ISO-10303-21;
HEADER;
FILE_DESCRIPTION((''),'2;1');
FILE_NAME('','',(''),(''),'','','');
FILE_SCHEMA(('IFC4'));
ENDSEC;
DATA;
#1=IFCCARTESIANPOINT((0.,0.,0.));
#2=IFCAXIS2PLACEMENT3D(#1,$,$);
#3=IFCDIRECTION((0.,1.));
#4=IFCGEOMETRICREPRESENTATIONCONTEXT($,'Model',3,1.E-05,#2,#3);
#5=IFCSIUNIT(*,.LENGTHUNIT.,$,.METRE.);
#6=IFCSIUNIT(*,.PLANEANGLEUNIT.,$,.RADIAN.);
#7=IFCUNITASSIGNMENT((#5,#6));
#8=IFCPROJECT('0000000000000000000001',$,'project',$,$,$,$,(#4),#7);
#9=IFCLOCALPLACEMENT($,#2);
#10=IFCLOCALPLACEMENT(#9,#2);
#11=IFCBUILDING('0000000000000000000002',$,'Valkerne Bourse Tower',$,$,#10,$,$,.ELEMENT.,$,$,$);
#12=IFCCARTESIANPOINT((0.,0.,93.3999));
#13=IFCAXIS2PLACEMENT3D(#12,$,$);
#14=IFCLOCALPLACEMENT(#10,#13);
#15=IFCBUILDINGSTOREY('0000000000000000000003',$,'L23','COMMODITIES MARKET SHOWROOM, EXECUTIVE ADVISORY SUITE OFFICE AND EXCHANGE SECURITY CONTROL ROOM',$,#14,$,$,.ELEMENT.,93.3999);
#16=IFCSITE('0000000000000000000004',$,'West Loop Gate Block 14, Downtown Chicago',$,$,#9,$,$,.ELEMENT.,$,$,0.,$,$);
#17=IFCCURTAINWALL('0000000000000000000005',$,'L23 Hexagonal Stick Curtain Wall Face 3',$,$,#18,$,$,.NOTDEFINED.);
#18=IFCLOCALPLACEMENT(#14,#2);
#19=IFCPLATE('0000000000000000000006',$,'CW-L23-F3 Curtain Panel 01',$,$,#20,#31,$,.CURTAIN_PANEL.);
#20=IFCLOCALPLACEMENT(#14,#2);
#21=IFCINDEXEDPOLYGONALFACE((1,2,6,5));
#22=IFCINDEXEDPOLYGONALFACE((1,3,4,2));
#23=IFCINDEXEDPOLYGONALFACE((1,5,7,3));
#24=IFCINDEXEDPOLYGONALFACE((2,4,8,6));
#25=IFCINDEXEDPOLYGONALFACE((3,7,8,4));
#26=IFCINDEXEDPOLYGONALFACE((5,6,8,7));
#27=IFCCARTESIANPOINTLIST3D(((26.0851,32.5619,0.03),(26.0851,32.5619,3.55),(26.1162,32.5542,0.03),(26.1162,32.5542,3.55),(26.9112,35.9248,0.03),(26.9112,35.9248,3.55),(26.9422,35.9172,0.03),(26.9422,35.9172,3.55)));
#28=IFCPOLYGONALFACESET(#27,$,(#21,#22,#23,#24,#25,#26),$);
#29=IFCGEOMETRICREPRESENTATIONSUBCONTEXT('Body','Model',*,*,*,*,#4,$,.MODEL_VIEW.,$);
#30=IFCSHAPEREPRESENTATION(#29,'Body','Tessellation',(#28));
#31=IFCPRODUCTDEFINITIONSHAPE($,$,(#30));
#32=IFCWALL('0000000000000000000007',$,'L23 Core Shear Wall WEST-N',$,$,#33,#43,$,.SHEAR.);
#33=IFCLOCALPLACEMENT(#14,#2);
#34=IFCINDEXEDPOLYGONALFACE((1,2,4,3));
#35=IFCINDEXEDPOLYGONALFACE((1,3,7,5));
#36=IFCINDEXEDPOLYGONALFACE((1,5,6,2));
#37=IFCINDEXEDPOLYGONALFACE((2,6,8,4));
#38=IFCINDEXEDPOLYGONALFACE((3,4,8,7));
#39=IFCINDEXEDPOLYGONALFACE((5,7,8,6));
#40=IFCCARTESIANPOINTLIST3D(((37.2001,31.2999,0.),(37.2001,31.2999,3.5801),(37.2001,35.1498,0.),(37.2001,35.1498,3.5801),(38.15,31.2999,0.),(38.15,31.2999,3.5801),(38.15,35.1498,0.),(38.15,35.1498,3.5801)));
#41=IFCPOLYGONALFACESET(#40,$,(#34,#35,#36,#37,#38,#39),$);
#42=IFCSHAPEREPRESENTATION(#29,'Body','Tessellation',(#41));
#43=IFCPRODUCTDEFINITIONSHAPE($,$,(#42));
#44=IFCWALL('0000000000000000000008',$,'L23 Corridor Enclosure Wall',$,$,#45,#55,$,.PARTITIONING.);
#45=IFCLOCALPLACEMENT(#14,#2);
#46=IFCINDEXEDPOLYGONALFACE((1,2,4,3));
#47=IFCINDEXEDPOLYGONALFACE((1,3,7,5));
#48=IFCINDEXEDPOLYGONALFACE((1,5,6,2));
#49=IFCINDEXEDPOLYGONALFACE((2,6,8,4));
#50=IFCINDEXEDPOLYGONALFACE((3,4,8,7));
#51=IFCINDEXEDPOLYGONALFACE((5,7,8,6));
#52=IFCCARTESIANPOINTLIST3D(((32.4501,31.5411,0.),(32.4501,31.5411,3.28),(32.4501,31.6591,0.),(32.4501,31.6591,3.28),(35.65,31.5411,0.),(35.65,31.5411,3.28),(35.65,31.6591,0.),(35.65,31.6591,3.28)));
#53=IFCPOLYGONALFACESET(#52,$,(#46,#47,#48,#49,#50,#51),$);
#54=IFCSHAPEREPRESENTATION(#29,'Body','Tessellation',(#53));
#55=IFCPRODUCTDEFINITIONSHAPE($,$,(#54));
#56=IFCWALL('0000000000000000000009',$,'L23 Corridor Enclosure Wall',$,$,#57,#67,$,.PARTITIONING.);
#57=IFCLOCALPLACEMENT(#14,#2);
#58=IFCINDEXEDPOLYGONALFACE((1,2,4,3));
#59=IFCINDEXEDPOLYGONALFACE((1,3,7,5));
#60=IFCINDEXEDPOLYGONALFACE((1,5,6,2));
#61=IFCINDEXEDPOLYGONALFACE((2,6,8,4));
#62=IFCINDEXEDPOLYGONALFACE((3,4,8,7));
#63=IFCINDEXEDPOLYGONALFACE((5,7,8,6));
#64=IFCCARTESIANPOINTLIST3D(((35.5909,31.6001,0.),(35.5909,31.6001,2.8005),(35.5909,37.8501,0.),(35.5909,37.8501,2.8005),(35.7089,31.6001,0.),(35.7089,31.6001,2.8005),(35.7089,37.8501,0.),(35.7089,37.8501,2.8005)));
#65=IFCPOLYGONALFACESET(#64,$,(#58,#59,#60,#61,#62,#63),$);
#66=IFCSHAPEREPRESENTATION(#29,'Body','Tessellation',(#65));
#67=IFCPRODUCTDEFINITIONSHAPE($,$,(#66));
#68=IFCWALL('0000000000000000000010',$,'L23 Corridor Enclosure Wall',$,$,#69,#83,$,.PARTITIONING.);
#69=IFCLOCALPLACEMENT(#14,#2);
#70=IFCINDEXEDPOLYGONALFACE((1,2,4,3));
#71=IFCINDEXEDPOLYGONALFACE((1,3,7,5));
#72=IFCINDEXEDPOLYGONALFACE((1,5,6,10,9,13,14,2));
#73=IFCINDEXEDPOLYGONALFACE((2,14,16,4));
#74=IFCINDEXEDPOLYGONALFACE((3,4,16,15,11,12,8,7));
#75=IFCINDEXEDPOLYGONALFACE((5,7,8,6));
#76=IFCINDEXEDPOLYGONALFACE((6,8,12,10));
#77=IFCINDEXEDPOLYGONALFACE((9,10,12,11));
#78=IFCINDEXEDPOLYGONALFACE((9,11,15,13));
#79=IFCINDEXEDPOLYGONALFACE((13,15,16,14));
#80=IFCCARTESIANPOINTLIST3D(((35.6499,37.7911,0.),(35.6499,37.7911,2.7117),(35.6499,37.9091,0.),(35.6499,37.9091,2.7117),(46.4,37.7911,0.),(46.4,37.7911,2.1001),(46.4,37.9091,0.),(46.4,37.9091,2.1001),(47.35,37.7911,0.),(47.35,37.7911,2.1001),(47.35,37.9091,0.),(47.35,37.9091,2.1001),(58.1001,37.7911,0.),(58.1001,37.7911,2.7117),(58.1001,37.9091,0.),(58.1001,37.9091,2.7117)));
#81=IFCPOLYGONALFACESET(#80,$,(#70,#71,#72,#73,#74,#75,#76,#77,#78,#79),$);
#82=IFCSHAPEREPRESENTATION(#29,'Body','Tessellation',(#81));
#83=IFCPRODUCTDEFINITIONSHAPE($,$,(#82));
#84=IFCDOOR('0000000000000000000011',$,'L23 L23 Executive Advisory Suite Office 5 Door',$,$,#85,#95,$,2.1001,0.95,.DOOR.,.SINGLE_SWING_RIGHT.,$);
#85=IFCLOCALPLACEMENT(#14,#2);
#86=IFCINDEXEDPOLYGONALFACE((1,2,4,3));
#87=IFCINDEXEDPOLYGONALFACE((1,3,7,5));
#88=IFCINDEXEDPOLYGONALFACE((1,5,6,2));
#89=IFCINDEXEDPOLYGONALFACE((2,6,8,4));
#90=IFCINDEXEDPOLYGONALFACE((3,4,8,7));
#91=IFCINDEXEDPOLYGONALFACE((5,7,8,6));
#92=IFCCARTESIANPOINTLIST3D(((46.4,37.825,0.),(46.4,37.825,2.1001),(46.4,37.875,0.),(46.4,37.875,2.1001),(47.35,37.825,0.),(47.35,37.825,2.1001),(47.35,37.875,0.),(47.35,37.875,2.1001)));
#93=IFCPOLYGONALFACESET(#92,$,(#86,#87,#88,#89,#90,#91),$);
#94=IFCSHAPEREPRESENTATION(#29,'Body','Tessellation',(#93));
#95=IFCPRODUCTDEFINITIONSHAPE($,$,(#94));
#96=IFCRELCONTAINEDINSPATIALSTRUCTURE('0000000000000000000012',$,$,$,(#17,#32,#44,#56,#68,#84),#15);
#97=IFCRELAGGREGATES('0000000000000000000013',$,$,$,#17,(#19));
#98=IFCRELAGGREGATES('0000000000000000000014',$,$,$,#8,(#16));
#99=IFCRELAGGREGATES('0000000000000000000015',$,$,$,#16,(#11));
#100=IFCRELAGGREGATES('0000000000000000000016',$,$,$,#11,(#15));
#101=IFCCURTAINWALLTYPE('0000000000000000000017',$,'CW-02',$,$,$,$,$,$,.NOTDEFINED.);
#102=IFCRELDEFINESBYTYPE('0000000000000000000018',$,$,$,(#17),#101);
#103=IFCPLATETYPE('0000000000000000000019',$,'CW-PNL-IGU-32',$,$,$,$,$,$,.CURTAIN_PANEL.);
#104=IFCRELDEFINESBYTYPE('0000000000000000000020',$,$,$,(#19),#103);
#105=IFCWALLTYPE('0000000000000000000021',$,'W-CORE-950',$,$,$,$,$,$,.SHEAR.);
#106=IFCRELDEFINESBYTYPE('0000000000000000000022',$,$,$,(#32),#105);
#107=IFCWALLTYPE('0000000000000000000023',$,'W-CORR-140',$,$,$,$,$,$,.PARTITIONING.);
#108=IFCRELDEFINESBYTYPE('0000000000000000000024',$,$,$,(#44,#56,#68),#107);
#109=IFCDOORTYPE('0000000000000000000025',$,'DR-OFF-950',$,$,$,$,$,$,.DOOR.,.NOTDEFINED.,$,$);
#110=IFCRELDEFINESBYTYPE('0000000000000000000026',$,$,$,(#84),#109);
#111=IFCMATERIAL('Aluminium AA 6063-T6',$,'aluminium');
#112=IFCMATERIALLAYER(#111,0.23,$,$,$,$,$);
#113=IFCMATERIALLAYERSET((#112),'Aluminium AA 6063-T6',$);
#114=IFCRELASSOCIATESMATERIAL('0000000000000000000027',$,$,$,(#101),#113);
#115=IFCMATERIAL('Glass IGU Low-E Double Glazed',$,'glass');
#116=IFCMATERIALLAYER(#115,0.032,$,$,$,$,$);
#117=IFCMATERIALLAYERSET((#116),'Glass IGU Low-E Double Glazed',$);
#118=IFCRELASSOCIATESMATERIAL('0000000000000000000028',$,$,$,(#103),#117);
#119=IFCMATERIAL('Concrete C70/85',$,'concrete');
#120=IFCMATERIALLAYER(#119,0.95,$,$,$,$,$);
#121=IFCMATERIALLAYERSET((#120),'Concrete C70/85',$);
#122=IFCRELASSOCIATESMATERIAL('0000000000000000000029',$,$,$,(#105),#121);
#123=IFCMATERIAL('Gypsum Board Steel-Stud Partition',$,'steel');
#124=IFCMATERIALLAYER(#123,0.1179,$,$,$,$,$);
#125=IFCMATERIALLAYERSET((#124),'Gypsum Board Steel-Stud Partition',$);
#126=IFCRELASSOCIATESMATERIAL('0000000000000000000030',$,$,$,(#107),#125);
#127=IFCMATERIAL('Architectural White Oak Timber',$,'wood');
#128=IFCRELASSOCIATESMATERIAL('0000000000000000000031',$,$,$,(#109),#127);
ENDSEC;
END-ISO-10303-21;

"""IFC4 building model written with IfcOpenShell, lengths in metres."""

from ifc_helpers import new_model, si_unit, direction, frame, frame_2d, origin, origin_2d, place, context, subcontext, project, spatial, rectangle, extrude, material, layer, layer_set, type_object, element, fill, aggregate, save


model = new_model("IFC4")

# Units and contexts
model_context = context("Model", 3, precision=1e-05, world=origin(), true_north=direction((0.0, 1.0)))
body_context = subcontext(model_context, "Body", "Model", "MODEL_VIEW")
ifc_project = project(units=[si_unit("LENGTHUNIT", "METRE"), si_unit("PLANEANGLEUNIT", "RADIAN")], contexts=[model_context])

# Site, building, storey
site_placement = place(None, origin())
site = spatial("IfcSite", under=ifc_project, at=site_placement, Name="West Loop Gate Block 14, Downtown Chicago", CompositionType="ELEMENT", RefElevation=0.0)
building_placement = place(site_placement, origin())
building = spatial("IfcBuilding", under=site, at=building_placement, Name="Valkerne Bourse Tower", CompositionType="ELEMENT")
storey_placement = place(building_placement, frame((0.0, 0.0, 93.3999)))
storey = spatial("IfcBuildingStorey", under=building, at=storey_placement, Name="L23", Description="COMMODITIES MARKET SHOWROOM, EXECUTIVE ADVISORY SUITE OFFICE AND EXCHANGE SECURITY CONTROL ROOM", CompositionType="ELEMENT", Elevation=93.3999)

# Curtain wall
ifc_material_1 = material(Name="Aluminium AA 6063-T6", Category="aluminium")
ifc_layer_1 = layer(ifc_material_1, 0.23)
ifc_layer_set_1 = layer_set([ifc_layer_1], Name="Aluminium AA 6063-T6")
curtain_wall_type = type_object("IfcCurtainWallType", Name="CW-02", PredefinedType="NOTDEFINED", material=ifc_layer_set_1)
curtain_wall_placement = place(storey_placement, origin())
curtain_wall = element("IfcCurtainWall", 1, at=curtain_wall_placement, inside=storey, type_object=curtain_wall_type, Name="L23 Hexagonal Stick Curtain Wall Face 3", PredefinedType="NOTDEFINED")

# Plate
ifc_material_2 = material(Name="Glass IGU Low-E Double Glazed", Category="glass")
ifc_layer_2 = layer(ifc_material_2, 0.032)
ifc_layer_set_2 = layer_set([ifc_layer_2], Name="Glass IGU Low-E Double Glazed")
plate_type = type_object("IfcPlateType", Name="CW-PNL-IGU-32", PredefinedType="CURTAIN_PANEL", material=ifc_layer_set_2)
plate_1_placement = place(storey_placement, frame((26.5137, 34.2395, 0.03), z_axis=(0.0, 0.0, 1.0), x_axis=(-0.238534, -0.971134, 0.0)))
plate_1 = element("IfcPlate", 2, at=plate_1_placement, type_object=plate_type, Name="CW-L23-F3 Curtain Panel 01", PredefinedType="CURTAIN_PANEL", context=body_context, shape_type="SweptSolid", body=[
    extrude(rectangle(XDim=3.4629, YDim=0.032, at=origin_2d()), origin(), (0.0, 0.0, 1.0), 3.52),
])
aggregate(curtain_wall, [plate_1])

# Shared definitions
ifc_material_3 = material(Name="Concrete C70/85", Category="concrete")
ifc_layer_3 = layer(ifc_material_3, 0.95)
ifc_layer_set_3 = layer_set([ifc_layer_3], Name="Concrete C70/85")
wall_type_1 = type_object("IfcWallType", Name="W-CORE-950", PredefinedType="SHEAR", material=ifc_layer_set_3)

# Walls
wall_1_placement = place(storey_placement, frame((37.675, 31.3, 0.0), z_axis=(0.0, 0.0, 1.0), x_axis=(0.0, 1.0, 0.0)))
element("IfcWall", 3, at=wall_1_placement, inside=storey, type_object=wall_type_1, Name="L23 Core Shear Wall WEST-N", PredefinedType="SHEAR", context=body_context, shape_type="SweptSolid", body=[
    extrude(rectangle(XDim=3.8499, YDim=0.95, at=frame_2d((1.9248, 0.0))), origin(), (0.0, 0.0, 1.0), 3.5801),
])
ifc_material_4 = material(Name="Gypsum Board Steel-Stud Partition", Category="steel")
ifc_layer_4 = layer(ifc_material_4, 0.1179)
ifc_layer_set_4 = layer_set([ifc_layer_4], Name="Gypsum Board Steel-Stud Partition")
wall_type_2 = type_object("IfcWallType", Name="W-CORR-140", PredefinedType="PARTITIONING", material=ifc_layer_set_4)
wall_2_placement = place(storey_placement, frame((32.45, 31.6001, 0.0), z_axis=(0.0, 0.0, 1.0), x_axis=(1.0, 0.0, 0.0)))
element("IfcWall", 4, at=wall_2_placement, inside=storey, type_object=wall_type_2, Name="L23 Corridor Enclosure Wall", PredefinedType="PARTITIONING", context=body_context, shape_type="SweptSolid", body=[
    extrude(rectangle(XDim=3.2, YDim=0.1179, at=frame_2d((1.6001, 0.0))), origin(), (0.0, 0.0, 1.0), 3.28),
])
wall_3_placement = place(storey_placement, frame((35.6499, 31.6001, 0.0), z_axis=(0.0, 0.0, 1.0), x_axis=(0.0, 1.0, 0.0)))
element("IfcWall", 5, at=wall_3_placement, inside=storey, type_object=wall_type_2, Name="L23 Corridor Enclosure Wall", PredefinedType="PARTITIONING", context=body_context, shape_type="SweptSolid", body=[
    extrude(rectangle(XDim=6.25, YDim=0.1179, at=frame_2d((3.125, 0.0))), origin(), (0.0, 0.0, 1.0), 2.8005),
])

# Wall, opening, door
wall_4_placement = place(storey_placement, frame((35.6499, 37.8501, 0.0), z_axis=(0.0, 0.0, 1.0), x_axis=(1.0, 0.0, 0.0)))
wall_4 = element("IfcWall", 6, at=wall_4_placement, inside=storey, type_object=wall_type_2, Name="L23 Corridor Enclosure Wall", PredefinedType="PARTITIONING", context=body_context, shape_type="SweptSolid", body=[
    extrude(rectangle(XDim=22.4502, YDim=0.1179, at=frame_2d((11.2251, 0.0))), origin(), (0.0, 0.0, 1.0), 2.7117),
])
opening_1_placement = place(wall_4_placement, frame((10.75, 0.0, 0.0)))
opening_1 = element("IfcOpeningElement", 7, at=opening_1_placement, cuts=wall_4, PredefinedType="OPENING", context=body_context, shape_type="SweptSolid", body=[
    extrude(rectangle(XDim=0.95, YDim=2.1001, at=frame_2d((0.4751, 1.05))), frame((0.0, 0.0688, 0.0), z_axis=(0.0, -1.0, 0.0), x_axis=(1.0, 0.0, 0.0)), (0.0, 0.0, 1.0), 0.1379),
])
ifc_material_5 = material(Name="Architectural White Oak Timber", Category="wood")
door_type_1 = type_object("IfcDoorType", Name="DR-OFF-950", OperationType="NOTDEFINED", PredefinedType="DOOR", material=ifc_material_5)
door_1_placement = place(opening_1_placement, origin())
door_1 = element("IfcDoor", 8, at=door_1_placement, inside=storey, type_object=door_type_1, Name="L23 L23 Executive Advisory Suite Office 5 Door", OperationType="SINGLE_SWING_RIGHT", OverallHeight=2.1001, OverallWidth=0.95, PredefinedType="DOOR", context=body_context, shape_type="SweptSolid", body=[
    extrude(rectangle(XDim=0.95, YDim=2.1001, at=frame_2d((0.4751, 1.05))), frame((0.0, 0.0249, 0.0), z_axis=(0.0, -1.0, 0.0), x_axis=(1.0, 0.0, 0.0)), (0.0, 0.0, 1.0), 0.05),
])
fill(opening_1, door_1)

save(model, "model.ifc")
